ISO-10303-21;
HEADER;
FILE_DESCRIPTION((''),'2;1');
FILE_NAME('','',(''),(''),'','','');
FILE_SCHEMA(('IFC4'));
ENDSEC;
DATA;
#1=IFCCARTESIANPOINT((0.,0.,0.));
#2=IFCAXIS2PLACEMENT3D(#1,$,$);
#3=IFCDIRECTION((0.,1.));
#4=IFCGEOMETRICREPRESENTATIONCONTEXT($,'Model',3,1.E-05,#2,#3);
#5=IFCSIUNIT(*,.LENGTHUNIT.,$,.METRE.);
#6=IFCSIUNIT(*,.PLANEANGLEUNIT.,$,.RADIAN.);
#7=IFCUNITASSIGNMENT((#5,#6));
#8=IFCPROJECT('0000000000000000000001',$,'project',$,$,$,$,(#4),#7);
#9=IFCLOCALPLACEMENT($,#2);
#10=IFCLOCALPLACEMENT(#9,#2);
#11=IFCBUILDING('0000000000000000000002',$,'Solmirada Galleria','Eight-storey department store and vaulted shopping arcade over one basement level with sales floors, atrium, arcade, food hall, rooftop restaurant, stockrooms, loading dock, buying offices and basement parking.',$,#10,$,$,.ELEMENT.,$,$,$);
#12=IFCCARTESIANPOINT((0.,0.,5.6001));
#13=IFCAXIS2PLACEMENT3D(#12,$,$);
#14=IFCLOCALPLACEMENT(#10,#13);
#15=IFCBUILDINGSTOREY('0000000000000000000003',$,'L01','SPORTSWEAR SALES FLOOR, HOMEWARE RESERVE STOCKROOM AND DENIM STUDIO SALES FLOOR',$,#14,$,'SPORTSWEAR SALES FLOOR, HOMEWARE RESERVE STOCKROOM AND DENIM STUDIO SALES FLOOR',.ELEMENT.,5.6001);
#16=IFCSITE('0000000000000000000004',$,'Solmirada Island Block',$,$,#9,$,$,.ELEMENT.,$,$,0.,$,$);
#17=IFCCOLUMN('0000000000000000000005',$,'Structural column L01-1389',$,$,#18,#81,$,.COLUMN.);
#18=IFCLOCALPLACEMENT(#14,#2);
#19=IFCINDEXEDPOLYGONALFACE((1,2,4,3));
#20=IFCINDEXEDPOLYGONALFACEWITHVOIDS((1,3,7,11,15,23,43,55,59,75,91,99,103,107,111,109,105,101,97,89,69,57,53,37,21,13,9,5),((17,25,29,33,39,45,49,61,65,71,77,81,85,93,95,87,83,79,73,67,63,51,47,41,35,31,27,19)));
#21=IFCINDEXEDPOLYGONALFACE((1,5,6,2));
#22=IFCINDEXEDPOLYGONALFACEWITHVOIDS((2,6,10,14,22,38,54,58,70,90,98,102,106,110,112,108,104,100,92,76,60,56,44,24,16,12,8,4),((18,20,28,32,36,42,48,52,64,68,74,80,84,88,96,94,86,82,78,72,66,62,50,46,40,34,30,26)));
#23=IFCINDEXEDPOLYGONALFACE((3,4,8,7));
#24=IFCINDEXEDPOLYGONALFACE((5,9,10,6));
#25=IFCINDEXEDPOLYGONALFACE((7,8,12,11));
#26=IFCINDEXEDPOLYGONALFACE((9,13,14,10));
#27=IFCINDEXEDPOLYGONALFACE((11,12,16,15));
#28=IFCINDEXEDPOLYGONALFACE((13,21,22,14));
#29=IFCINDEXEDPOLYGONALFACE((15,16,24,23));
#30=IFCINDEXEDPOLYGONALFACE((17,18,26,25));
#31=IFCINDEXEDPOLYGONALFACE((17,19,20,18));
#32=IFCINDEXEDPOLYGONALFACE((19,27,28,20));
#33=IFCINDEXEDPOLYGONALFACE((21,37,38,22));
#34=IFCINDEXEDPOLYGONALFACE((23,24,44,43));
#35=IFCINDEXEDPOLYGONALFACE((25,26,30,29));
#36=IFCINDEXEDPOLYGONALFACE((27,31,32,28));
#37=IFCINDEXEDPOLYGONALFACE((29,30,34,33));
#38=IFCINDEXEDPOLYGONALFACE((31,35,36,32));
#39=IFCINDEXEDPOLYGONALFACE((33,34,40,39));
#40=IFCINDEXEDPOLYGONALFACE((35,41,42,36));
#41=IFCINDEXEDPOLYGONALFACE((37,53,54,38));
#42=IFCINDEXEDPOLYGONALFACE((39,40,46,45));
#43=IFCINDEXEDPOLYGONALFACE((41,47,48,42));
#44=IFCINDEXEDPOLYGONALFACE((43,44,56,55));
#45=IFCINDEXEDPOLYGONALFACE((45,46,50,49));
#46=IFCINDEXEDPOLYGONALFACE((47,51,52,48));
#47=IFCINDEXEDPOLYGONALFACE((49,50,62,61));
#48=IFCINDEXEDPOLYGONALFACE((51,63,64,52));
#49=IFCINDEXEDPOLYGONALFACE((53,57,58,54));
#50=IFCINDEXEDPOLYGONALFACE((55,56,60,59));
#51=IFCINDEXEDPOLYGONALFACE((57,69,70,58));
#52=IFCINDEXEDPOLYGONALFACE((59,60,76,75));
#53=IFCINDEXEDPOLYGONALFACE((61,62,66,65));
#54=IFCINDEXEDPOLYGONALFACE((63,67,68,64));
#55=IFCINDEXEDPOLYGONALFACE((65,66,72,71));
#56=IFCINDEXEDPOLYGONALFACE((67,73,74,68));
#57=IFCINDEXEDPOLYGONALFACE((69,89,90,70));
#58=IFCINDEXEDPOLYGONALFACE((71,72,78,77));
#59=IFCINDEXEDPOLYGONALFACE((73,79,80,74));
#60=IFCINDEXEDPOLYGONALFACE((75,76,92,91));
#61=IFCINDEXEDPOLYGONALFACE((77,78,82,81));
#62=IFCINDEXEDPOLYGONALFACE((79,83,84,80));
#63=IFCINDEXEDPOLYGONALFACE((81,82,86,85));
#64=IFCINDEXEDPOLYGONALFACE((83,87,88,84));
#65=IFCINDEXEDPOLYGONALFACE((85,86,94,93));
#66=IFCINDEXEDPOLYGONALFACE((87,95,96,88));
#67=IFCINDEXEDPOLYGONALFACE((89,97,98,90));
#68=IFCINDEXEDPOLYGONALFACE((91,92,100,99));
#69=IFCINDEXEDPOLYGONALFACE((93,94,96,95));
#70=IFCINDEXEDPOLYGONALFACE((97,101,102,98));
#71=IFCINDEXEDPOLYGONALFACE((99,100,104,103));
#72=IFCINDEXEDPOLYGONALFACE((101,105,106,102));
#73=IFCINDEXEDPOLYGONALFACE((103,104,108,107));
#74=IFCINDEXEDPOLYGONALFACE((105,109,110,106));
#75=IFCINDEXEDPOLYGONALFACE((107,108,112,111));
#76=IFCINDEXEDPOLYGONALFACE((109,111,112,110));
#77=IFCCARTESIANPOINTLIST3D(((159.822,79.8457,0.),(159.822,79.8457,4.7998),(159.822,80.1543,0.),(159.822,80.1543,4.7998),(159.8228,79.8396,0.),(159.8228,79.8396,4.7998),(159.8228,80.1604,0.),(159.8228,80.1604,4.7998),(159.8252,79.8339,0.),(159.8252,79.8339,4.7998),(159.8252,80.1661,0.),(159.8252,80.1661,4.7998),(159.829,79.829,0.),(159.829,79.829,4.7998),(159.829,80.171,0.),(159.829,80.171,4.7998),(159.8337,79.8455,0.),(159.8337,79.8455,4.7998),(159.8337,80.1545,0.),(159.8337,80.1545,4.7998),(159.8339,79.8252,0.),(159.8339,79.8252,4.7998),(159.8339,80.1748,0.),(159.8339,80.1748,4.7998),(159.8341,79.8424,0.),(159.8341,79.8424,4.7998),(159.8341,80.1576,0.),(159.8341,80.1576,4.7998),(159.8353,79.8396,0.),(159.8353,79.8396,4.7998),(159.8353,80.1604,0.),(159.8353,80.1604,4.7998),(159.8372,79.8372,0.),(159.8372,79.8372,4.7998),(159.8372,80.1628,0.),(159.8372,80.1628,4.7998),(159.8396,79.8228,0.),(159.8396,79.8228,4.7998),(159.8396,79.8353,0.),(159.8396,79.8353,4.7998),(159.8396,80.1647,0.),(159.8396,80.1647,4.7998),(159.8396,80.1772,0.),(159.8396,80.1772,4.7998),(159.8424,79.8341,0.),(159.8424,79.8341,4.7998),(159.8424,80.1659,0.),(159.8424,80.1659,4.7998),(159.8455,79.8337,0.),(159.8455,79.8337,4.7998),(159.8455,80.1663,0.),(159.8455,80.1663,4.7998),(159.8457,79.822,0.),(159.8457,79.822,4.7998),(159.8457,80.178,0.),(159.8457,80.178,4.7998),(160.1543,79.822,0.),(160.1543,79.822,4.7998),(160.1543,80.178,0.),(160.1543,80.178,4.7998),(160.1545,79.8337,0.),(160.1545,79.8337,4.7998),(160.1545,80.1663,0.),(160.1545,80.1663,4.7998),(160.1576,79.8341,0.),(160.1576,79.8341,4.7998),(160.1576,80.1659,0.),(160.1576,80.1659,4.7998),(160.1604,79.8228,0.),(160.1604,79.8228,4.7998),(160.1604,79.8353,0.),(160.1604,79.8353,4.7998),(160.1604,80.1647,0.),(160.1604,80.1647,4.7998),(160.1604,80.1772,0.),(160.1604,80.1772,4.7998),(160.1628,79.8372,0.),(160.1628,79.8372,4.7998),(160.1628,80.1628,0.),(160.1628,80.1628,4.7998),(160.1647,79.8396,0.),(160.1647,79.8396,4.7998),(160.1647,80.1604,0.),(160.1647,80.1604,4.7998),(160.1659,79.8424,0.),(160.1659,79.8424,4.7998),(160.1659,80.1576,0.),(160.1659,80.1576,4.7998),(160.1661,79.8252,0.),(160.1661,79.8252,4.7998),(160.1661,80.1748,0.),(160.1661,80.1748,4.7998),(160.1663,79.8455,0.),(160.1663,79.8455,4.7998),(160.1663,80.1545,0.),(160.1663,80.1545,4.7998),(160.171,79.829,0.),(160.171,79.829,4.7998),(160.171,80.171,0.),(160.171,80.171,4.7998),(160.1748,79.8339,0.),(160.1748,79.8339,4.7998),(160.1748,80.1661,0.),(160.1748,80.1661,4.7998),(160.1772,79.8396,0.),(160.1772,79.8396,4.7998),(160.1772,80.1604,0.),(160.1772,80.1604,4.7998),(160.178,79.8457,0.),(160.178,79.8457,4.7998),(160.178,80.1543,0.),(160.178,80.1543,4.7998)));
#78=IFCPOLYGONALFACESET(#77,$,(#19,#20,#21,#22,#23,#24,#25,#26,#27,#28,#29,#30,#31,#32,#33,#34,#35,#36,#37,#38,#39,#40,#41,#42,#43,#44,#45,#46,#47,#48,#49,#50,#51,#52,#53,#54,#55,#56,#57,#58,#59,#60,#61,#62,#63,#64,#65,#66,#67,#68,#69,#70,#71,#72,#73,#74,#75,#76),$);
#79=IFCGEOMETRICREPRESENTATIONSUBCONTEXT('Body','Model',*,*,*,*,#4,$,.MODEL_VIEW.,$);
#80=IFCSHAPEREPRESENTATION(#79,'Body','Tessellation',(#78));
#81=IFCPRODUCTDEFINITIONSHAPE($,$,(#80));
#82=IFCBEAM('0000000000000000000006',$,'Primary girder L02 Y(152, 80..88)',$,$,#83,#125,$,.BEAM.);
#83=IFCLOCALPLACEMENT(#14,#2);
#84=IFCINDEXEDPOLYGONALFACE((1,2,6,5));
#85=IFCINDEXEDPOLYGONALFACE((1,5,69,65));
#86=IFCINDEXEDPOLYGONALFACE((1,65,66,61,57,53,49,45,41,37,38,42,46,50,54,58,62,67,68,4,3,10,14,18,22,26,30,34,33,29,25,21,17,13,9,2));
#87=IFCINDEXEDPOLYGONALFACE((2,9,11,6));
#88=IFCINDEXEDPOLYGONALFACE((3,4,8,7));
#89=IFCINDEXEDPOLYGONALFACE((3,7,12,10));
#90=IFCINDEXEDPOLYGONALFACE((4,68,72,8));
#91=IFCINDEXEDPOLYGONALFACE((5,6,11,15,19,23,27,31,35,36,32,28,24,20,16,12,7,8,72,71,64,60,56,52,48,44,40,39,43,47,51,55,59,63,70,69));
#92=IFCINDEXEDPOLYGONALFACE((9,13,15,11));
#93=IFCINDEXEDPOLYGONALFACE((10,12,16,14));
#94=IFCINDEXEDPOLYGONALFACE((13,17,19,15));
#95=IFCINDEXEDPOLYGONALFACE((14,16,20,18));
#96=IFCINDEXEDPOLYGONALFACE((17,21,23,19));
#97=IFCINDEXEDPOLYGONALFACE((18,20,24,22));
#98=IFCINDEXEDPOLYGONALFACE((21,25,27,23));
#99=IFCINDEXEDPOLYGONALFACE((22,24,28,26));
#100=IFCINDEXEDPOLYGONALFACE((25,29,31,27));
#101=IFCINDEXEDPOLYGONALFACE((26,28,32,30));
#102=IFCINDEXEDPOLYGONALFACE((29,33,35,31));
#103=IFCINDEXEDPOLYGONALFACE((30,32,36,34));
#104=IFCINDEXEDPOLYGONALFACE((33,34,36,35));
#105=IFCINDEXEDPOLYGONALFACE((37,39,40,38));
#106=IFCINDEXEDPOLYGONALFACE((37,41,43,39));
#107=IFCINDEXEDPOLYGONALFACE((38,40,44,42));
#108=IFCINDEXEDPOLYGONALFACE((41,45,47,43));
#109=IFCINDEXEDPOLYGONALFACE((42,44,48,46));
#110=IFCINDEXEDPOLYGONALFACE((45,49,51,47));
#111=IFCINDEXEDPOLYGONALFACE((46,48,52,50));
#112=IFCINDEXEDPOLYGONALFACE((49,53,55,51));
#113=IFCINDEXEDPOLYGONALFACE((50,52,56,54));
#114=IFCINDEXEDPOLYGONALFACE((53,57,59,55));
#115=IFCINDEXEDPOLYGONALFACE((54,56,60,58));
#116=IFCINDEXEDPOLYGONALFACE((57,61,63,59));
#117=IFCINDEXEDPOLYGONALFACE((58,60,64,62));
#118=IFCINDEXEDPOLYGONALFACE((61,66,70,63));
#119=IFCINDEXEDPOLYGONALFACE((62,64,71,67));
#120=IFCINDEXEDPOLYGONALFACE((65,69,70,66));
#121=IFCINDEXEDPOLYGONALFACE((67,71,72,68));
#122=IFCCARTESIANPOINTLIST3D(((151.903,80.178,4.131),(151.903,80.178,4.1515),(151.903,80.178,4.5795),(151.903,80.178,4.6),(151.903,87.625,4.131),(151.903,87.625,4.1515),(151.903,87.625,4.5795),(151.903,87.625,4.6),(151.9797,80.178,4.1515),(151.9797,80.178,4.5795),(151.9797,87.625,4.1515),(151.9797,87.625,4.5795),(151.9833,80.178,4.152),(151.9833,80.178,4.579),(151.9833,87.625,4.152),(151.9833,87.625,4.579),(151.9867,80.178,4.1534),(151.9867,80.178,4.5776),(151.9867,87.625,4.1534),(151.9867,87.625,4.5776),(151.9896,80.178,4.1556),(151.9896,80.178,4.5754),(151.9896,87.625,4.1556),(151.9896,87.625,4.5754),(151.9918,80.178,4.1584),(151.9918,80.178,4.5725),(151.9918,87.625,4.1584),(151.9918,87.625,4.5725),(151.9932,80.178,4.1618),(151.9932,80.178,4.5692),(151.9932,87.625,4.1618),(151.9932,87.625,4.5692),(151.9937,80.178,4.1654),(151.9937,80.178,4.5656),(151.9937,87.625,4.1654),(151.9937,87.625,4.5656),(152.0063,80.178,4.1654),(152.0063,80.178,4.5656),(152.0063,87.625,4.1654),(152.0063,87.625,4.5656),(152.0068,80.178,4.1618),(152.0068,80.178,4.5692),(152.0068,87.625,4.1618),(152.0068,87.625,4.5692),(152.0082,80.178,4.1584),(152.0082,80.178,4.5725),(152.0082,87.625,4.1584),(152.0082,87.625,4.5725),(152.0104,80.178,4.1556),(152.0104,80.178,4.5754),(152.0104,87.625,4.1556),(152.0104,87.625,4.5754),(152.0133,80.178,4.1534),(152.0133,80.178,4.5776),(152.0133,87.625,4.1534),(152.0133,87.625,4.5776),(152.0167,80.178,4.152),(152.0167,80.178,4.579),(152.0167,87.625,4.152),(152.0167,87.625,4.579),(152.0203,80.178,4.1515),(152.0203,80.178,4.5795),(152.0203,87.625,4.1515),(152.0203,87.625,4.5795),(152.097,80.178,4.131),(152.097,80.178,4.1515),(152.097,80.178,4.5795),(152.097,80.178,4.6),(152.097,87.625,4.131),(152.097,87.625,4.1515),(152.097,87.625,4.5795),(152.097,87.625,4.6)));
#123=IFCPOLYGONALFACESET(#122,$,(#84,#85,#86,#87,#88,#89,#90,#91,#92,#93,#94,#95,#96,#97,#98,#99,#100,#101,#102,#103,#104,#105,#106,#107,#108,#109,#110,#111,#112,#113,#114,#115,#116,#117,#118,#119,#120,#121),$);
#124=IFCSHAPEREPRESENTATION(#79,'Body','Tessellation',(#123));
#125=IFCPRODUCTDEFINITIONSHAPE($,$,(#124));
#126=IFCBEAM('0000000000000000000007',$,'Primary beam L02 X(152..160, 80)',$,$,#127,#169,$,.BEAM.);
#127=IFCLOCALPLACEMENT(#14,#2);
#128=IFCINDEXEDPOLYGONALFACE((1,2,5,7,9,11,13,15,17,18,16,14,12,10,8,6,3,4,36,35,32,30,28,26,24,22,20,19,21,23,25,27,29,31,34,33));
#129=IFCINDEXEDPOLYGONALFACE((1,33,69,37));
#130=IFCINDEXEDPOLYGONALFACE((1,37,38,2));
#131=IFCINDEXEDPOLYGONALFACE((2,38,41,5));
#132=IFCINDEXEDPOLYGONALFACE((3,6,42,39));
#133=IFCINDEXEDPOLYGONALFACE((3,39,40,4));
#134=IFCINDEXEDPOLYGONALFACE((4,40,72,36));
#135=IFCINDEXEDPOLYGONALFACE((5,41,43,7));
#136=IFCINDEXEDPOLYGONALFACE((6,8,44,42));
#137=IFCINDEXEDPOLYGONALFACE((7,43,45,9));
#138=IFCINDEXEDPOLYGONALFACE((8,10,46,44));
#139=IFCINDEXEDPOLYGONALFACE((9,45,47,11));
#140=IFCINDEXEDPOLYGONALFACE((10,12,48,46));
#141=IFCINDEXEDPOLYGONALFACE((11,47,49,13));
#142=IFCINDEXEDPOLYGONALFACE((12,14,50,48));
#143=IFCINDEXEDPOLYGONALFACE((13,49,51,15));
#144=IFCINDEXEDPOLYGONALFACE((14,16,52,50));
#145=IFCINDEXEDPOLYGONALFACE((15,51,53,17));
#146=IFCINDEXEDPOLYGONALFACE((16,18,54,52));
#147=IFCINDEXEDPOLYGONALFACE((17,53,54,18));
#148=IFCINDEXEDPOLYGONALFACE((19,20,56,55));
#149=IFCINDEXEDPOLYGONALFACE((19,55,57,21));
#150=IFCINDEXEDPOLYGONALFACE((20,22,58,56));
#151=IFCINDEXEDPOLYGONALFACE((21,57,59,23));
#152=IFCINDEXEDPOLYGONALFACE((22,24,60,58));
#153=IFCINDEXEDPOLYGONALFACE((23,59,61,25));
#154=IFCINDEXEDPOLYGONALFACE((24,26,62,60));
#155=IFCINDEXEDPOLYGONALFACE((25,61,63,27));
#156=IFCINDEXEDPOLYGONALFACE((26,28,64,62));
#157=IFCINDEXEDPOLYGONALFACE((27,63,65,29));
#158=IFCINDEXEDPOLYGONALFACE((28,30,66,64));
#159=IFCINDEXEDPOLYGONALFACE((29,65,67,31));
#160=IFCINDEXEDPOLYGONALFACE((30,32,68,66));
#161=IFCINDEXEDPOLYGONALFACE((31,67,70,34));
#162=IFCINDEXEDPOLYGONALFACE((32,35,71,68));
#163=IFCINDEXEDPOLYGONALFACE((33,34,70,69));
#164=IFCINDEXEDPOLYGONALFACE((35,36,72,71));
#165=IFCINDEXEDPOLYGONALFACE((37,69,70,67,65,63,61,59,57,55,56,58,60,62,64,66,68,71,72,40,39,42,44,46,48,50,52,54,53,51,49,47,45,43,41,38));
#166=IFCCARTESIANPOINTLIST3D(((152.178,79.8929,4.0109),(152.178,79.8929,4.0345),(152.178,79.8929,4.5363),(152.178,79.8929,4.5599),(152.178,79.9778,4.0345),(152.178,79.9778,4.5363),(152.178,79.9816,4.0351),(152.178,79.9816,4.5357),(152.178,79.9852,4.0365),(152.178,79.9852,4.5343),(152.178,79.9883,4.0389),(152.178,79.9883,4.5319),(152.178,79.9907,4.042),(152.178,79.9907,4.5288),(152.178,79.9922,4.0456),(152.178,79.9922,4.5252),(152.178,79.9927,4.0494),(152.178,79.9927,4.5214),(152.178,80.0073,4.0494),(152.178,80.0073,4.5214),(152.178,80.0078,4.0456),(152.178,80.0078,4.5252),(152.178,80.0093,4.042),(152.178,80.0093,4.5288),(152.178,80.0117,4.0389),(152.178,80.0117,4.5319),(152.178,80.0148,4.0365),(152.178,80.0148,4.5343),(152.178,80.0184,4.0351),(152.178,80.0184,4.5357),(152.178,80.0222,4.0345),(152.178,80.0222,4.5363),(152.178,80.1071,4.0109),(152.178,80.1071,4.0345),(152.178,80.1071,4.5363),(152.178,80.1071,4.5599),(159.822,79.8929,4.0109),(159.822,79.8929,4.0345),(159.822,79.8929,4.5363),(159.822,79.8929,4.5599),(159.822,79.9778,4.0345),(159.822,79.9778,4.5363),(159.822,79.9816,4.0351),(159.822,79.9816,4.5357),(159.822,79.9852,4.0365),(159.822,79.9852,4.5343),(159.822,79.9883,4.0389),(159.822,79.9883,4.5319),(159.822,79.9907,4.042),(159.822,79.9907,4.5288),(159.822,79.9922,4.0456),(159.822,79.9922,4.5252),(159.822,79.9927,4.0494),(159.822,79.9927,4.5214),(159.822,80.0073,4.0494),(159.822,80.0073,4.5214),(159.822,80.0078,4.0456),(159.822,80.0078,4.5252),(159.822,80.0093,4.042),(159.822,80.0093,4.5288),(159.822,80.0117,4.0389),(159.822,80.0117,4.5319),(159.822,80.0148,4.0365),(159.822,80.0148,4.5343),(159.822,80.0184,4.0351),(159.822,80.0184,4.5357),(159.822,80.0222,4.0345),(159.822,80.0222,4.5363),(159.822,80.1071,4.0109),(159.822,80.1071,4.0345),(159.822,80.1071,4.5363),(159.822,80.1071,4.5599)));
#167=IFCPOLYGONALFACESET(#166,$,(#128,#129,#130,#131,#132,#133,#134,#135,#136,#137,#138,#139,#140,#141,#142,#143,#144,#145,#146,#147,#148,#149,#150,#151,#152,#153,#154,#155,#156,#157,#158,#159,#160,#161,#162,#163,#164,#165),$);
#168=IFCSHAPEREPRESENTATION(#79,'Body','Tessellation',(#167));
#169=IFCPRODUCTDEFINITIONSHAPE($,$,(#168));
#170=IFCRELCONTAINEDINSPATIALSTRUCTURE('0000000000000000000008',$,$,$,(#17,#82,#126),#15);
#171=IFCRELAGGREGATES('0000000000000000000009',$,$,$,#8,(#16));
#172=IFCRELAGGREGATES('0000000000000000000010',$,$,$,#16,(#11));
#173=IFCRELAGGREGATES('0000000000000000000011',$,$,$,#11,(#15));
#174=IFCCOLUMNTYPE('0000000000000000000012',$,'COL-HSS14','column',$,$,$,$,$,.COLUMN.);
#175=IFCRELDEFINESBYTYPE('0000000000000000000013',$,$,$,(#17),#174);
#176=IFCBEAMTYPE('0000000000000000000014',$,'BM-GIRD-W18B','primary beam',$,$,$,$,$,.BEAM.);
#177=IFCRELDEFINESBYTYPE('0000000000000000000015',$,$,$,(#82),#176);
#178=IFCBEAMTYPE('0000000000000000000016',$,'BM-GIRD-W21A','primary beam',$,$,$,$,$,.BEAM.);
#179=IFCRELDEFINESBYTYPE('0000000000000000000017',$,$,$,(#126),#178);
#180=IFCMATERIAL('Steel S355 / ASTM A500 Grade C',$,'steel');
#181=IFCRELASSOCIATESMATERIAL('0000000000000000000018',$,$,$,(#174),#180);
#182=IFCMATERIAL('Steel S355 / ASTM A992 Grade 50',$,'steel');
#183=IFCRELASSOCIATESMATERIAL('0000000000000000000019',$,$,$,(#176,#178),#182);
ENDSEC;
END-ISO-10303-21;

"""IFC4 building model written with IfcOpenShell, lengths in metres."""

from ifc_helpers import new_model, si_unit, direction, frame, origin, origin_2d, place, context, subcontext, project, spatial, hollow_rectangle, i_section, extrude, material, material_profile, profile_set, type_object, element, save


model = new_model("IFC4")

# Units and contexts
model_context = context("Model", 3, precision=1e-05, world=origin(), true_north=direction((0.0, 1.0)))
body_context = subcontext(model_context, "Body", "Model", "MODEL_VIEW")
ifc_project = project(units=[si_unit("LENGTHUNIT", "METRE"), si_unit("PLANEANGLEUNIT", "RADIAN")], contexts=[model_context])

# Site, building, storey
site_placement = place(None, origin())
site = spatial("IfcSite", under=ifc_project, at=site_placement, Name="Solmirada Island Block", CompositionType="ELEMENT", RefElevation=0.0)
building_placement = place(site_placement, origin())
building = spatial("IfcBuilding", under=site, at=building_placement, Name="Solmirada Galleria", Description="Eight-storey department store and vaulted shopping arcade over one basement level with sales floors, atrium, arcade, food hall, rooftop restaurant, stockrooms, loading dock, buying offices and basement parking.", CompositionType="ELEMENT")
storey_placement = place(building_placement, frame((0.0, 0.0, 5.6001)))
storey = spatial("IfcBuildingStorey", under=building, at=storey_placement, Name="L01", Description="SPORTSWEAR SALES FLOOR, HOMEWARE RESERVE STOCKROOM AND DENIM STUDIO SALES FLOOR", LongName="SPORTSWEAR SALES FLOOR, HOMEWARE RESERVE STOCKROOM AND DENIM STUDIO SALES FLOOR", CompositionType="ELEMENT", Elevation=5.6001)

# Column
ifc_material_1 = material(Name="Steel S355 / ASTM A500 Grade C", Category="steel")
ifc_material_profile_1 = material_profile(ifc_material_1, hollow_rectangle(XDim=0.356, YDim=0.356, WallThickness=0.0117, InnerFilletRadius=0.0117, OuterFilletRadius=0.0237, at=origin_2d()), Name="HSS14X14X1/2")
ifc_profile_set_1 = profile_set([ifc_material_profile_1], Name="Steel S355 / ASTM A500 Grade C")
column_type_1 = type_object("IfcColumnType", Name="COL-HSS14", Description="column", PredefinedType="COLUMN", material=ifc_profile_set_1)
column_placement = place(storey_placement, frame((160.0, 80.0, 0.0), z_axis=(0.0, 0.0, 1.0), x_axis=(1.0, 0.0, 0.0)))
element("IfcColumn", 1, at=column_placement, inside=storey, type_object=column_type_1, Name="Structural column L01-1389", PredefinedType="COLUMN", context=body_context, shape_type="SweptSolid", body=[
    extrude(hollow_rectangle(XDim=0.356, YDim=0.356, WallThickness=0.0117, InnerFilletRadius=0.0117, OuterFilletRadius=0.0237, at=origin_2d()), origin(), (0.0, 0.0, 1.0), 4.7998),
])

# Beams
ifc_material_2 = material(Name="Steel S355 / ASTM A992 Grade 50", Category="steel")
ifc_material_profile_2 = material_profile(ifc_material_2, i_section(OverallWidth=0.1941, OverallDepth=0.469, WebThickness=0.0127, FlangeThickness=0.0205, FilletRadius=0.0139, at=origin_2d()), Name="W18X71")
ifc_profile_set_2 = profile_set([ifc_material_profile_2], Name="Steel S355 / ASTM A992 Grade 50")
beam_type_1 = type_object("IfcBeamType", Name="BM-GIRD-W18B", Description="primary beam", PredefinedType="BEAM", material=ifc_profile_set_2)
beam_1_placement = place(storey_placement, frame((152.0, 80.178, 4.3655), z_axis=(0.0, 1.0, 0.0), x_axis=(-1.0, 0.0, 0.0)))
element("IfcBeam", 2, at=beam_1_placement, inside=storey, type_object=beam_type_1, Name="Primary girder L02 Y(152, 80..88)", PredefinedType="BEAM", context=body_context, shape_type="SweptSolid", body=[
    extrude(i_section(OverallWidth=0.1941, OverallDepth=0.469, WebThickness=0.0127, FlangeThickness=0.0205, FilletRadius=0.0139, at=origin_2d()), origin(), (0.0, 0.0, 1.0), 7.447),
])
ifc_material_profile_3 = material_profile(ifc_material_2, i_section(OverallWidth=0.2141, OverallDepth=0.5491, WebThickness=0.0146, FlangeThickness=0.0237, FilletRadius=0.0149, at=origin_2d()), Name="W21X93")
ifc_profile_set_3 = profile_set([ifc_material_profile_3], Name="Steel S355 / ASTM A992 Grade 50")
beam_type_2 = type_object("IfcBeamType", Name="BM-GIRD-W21A", Description="primary beam", PredefinedType="BEAM", material=ifc_profile_set_3)
for number, where, z_axis, x_axis, name in (
    (3, (152.178, 80.0, 4.2854), (1.0, 0.0, 0.0), (0.0, 1.0, 0.0), "Primary beam L02 X(152..160, 80)"),
):
    element("IfcBeam", number, at=place(storey_placement, frame(where, z_axis=z_axis, x_axis=x_axis)), inside=storey, type_object=beam_type_2, Name=name, PredefinedType="BEAM", context=body_context, shape_type="SweptSolid", body=[
        extrude(i_section(OverallWidth=0.2141, OverallDepth=0.5491, WebThickness=0.0146, FlangeThickness=0.0237, FilletRadius=0.0149, at=origin_2d()), origin(), (0.0, 0.0, 1.0), 7.644),
    ])

save(model, "model.ifc")
